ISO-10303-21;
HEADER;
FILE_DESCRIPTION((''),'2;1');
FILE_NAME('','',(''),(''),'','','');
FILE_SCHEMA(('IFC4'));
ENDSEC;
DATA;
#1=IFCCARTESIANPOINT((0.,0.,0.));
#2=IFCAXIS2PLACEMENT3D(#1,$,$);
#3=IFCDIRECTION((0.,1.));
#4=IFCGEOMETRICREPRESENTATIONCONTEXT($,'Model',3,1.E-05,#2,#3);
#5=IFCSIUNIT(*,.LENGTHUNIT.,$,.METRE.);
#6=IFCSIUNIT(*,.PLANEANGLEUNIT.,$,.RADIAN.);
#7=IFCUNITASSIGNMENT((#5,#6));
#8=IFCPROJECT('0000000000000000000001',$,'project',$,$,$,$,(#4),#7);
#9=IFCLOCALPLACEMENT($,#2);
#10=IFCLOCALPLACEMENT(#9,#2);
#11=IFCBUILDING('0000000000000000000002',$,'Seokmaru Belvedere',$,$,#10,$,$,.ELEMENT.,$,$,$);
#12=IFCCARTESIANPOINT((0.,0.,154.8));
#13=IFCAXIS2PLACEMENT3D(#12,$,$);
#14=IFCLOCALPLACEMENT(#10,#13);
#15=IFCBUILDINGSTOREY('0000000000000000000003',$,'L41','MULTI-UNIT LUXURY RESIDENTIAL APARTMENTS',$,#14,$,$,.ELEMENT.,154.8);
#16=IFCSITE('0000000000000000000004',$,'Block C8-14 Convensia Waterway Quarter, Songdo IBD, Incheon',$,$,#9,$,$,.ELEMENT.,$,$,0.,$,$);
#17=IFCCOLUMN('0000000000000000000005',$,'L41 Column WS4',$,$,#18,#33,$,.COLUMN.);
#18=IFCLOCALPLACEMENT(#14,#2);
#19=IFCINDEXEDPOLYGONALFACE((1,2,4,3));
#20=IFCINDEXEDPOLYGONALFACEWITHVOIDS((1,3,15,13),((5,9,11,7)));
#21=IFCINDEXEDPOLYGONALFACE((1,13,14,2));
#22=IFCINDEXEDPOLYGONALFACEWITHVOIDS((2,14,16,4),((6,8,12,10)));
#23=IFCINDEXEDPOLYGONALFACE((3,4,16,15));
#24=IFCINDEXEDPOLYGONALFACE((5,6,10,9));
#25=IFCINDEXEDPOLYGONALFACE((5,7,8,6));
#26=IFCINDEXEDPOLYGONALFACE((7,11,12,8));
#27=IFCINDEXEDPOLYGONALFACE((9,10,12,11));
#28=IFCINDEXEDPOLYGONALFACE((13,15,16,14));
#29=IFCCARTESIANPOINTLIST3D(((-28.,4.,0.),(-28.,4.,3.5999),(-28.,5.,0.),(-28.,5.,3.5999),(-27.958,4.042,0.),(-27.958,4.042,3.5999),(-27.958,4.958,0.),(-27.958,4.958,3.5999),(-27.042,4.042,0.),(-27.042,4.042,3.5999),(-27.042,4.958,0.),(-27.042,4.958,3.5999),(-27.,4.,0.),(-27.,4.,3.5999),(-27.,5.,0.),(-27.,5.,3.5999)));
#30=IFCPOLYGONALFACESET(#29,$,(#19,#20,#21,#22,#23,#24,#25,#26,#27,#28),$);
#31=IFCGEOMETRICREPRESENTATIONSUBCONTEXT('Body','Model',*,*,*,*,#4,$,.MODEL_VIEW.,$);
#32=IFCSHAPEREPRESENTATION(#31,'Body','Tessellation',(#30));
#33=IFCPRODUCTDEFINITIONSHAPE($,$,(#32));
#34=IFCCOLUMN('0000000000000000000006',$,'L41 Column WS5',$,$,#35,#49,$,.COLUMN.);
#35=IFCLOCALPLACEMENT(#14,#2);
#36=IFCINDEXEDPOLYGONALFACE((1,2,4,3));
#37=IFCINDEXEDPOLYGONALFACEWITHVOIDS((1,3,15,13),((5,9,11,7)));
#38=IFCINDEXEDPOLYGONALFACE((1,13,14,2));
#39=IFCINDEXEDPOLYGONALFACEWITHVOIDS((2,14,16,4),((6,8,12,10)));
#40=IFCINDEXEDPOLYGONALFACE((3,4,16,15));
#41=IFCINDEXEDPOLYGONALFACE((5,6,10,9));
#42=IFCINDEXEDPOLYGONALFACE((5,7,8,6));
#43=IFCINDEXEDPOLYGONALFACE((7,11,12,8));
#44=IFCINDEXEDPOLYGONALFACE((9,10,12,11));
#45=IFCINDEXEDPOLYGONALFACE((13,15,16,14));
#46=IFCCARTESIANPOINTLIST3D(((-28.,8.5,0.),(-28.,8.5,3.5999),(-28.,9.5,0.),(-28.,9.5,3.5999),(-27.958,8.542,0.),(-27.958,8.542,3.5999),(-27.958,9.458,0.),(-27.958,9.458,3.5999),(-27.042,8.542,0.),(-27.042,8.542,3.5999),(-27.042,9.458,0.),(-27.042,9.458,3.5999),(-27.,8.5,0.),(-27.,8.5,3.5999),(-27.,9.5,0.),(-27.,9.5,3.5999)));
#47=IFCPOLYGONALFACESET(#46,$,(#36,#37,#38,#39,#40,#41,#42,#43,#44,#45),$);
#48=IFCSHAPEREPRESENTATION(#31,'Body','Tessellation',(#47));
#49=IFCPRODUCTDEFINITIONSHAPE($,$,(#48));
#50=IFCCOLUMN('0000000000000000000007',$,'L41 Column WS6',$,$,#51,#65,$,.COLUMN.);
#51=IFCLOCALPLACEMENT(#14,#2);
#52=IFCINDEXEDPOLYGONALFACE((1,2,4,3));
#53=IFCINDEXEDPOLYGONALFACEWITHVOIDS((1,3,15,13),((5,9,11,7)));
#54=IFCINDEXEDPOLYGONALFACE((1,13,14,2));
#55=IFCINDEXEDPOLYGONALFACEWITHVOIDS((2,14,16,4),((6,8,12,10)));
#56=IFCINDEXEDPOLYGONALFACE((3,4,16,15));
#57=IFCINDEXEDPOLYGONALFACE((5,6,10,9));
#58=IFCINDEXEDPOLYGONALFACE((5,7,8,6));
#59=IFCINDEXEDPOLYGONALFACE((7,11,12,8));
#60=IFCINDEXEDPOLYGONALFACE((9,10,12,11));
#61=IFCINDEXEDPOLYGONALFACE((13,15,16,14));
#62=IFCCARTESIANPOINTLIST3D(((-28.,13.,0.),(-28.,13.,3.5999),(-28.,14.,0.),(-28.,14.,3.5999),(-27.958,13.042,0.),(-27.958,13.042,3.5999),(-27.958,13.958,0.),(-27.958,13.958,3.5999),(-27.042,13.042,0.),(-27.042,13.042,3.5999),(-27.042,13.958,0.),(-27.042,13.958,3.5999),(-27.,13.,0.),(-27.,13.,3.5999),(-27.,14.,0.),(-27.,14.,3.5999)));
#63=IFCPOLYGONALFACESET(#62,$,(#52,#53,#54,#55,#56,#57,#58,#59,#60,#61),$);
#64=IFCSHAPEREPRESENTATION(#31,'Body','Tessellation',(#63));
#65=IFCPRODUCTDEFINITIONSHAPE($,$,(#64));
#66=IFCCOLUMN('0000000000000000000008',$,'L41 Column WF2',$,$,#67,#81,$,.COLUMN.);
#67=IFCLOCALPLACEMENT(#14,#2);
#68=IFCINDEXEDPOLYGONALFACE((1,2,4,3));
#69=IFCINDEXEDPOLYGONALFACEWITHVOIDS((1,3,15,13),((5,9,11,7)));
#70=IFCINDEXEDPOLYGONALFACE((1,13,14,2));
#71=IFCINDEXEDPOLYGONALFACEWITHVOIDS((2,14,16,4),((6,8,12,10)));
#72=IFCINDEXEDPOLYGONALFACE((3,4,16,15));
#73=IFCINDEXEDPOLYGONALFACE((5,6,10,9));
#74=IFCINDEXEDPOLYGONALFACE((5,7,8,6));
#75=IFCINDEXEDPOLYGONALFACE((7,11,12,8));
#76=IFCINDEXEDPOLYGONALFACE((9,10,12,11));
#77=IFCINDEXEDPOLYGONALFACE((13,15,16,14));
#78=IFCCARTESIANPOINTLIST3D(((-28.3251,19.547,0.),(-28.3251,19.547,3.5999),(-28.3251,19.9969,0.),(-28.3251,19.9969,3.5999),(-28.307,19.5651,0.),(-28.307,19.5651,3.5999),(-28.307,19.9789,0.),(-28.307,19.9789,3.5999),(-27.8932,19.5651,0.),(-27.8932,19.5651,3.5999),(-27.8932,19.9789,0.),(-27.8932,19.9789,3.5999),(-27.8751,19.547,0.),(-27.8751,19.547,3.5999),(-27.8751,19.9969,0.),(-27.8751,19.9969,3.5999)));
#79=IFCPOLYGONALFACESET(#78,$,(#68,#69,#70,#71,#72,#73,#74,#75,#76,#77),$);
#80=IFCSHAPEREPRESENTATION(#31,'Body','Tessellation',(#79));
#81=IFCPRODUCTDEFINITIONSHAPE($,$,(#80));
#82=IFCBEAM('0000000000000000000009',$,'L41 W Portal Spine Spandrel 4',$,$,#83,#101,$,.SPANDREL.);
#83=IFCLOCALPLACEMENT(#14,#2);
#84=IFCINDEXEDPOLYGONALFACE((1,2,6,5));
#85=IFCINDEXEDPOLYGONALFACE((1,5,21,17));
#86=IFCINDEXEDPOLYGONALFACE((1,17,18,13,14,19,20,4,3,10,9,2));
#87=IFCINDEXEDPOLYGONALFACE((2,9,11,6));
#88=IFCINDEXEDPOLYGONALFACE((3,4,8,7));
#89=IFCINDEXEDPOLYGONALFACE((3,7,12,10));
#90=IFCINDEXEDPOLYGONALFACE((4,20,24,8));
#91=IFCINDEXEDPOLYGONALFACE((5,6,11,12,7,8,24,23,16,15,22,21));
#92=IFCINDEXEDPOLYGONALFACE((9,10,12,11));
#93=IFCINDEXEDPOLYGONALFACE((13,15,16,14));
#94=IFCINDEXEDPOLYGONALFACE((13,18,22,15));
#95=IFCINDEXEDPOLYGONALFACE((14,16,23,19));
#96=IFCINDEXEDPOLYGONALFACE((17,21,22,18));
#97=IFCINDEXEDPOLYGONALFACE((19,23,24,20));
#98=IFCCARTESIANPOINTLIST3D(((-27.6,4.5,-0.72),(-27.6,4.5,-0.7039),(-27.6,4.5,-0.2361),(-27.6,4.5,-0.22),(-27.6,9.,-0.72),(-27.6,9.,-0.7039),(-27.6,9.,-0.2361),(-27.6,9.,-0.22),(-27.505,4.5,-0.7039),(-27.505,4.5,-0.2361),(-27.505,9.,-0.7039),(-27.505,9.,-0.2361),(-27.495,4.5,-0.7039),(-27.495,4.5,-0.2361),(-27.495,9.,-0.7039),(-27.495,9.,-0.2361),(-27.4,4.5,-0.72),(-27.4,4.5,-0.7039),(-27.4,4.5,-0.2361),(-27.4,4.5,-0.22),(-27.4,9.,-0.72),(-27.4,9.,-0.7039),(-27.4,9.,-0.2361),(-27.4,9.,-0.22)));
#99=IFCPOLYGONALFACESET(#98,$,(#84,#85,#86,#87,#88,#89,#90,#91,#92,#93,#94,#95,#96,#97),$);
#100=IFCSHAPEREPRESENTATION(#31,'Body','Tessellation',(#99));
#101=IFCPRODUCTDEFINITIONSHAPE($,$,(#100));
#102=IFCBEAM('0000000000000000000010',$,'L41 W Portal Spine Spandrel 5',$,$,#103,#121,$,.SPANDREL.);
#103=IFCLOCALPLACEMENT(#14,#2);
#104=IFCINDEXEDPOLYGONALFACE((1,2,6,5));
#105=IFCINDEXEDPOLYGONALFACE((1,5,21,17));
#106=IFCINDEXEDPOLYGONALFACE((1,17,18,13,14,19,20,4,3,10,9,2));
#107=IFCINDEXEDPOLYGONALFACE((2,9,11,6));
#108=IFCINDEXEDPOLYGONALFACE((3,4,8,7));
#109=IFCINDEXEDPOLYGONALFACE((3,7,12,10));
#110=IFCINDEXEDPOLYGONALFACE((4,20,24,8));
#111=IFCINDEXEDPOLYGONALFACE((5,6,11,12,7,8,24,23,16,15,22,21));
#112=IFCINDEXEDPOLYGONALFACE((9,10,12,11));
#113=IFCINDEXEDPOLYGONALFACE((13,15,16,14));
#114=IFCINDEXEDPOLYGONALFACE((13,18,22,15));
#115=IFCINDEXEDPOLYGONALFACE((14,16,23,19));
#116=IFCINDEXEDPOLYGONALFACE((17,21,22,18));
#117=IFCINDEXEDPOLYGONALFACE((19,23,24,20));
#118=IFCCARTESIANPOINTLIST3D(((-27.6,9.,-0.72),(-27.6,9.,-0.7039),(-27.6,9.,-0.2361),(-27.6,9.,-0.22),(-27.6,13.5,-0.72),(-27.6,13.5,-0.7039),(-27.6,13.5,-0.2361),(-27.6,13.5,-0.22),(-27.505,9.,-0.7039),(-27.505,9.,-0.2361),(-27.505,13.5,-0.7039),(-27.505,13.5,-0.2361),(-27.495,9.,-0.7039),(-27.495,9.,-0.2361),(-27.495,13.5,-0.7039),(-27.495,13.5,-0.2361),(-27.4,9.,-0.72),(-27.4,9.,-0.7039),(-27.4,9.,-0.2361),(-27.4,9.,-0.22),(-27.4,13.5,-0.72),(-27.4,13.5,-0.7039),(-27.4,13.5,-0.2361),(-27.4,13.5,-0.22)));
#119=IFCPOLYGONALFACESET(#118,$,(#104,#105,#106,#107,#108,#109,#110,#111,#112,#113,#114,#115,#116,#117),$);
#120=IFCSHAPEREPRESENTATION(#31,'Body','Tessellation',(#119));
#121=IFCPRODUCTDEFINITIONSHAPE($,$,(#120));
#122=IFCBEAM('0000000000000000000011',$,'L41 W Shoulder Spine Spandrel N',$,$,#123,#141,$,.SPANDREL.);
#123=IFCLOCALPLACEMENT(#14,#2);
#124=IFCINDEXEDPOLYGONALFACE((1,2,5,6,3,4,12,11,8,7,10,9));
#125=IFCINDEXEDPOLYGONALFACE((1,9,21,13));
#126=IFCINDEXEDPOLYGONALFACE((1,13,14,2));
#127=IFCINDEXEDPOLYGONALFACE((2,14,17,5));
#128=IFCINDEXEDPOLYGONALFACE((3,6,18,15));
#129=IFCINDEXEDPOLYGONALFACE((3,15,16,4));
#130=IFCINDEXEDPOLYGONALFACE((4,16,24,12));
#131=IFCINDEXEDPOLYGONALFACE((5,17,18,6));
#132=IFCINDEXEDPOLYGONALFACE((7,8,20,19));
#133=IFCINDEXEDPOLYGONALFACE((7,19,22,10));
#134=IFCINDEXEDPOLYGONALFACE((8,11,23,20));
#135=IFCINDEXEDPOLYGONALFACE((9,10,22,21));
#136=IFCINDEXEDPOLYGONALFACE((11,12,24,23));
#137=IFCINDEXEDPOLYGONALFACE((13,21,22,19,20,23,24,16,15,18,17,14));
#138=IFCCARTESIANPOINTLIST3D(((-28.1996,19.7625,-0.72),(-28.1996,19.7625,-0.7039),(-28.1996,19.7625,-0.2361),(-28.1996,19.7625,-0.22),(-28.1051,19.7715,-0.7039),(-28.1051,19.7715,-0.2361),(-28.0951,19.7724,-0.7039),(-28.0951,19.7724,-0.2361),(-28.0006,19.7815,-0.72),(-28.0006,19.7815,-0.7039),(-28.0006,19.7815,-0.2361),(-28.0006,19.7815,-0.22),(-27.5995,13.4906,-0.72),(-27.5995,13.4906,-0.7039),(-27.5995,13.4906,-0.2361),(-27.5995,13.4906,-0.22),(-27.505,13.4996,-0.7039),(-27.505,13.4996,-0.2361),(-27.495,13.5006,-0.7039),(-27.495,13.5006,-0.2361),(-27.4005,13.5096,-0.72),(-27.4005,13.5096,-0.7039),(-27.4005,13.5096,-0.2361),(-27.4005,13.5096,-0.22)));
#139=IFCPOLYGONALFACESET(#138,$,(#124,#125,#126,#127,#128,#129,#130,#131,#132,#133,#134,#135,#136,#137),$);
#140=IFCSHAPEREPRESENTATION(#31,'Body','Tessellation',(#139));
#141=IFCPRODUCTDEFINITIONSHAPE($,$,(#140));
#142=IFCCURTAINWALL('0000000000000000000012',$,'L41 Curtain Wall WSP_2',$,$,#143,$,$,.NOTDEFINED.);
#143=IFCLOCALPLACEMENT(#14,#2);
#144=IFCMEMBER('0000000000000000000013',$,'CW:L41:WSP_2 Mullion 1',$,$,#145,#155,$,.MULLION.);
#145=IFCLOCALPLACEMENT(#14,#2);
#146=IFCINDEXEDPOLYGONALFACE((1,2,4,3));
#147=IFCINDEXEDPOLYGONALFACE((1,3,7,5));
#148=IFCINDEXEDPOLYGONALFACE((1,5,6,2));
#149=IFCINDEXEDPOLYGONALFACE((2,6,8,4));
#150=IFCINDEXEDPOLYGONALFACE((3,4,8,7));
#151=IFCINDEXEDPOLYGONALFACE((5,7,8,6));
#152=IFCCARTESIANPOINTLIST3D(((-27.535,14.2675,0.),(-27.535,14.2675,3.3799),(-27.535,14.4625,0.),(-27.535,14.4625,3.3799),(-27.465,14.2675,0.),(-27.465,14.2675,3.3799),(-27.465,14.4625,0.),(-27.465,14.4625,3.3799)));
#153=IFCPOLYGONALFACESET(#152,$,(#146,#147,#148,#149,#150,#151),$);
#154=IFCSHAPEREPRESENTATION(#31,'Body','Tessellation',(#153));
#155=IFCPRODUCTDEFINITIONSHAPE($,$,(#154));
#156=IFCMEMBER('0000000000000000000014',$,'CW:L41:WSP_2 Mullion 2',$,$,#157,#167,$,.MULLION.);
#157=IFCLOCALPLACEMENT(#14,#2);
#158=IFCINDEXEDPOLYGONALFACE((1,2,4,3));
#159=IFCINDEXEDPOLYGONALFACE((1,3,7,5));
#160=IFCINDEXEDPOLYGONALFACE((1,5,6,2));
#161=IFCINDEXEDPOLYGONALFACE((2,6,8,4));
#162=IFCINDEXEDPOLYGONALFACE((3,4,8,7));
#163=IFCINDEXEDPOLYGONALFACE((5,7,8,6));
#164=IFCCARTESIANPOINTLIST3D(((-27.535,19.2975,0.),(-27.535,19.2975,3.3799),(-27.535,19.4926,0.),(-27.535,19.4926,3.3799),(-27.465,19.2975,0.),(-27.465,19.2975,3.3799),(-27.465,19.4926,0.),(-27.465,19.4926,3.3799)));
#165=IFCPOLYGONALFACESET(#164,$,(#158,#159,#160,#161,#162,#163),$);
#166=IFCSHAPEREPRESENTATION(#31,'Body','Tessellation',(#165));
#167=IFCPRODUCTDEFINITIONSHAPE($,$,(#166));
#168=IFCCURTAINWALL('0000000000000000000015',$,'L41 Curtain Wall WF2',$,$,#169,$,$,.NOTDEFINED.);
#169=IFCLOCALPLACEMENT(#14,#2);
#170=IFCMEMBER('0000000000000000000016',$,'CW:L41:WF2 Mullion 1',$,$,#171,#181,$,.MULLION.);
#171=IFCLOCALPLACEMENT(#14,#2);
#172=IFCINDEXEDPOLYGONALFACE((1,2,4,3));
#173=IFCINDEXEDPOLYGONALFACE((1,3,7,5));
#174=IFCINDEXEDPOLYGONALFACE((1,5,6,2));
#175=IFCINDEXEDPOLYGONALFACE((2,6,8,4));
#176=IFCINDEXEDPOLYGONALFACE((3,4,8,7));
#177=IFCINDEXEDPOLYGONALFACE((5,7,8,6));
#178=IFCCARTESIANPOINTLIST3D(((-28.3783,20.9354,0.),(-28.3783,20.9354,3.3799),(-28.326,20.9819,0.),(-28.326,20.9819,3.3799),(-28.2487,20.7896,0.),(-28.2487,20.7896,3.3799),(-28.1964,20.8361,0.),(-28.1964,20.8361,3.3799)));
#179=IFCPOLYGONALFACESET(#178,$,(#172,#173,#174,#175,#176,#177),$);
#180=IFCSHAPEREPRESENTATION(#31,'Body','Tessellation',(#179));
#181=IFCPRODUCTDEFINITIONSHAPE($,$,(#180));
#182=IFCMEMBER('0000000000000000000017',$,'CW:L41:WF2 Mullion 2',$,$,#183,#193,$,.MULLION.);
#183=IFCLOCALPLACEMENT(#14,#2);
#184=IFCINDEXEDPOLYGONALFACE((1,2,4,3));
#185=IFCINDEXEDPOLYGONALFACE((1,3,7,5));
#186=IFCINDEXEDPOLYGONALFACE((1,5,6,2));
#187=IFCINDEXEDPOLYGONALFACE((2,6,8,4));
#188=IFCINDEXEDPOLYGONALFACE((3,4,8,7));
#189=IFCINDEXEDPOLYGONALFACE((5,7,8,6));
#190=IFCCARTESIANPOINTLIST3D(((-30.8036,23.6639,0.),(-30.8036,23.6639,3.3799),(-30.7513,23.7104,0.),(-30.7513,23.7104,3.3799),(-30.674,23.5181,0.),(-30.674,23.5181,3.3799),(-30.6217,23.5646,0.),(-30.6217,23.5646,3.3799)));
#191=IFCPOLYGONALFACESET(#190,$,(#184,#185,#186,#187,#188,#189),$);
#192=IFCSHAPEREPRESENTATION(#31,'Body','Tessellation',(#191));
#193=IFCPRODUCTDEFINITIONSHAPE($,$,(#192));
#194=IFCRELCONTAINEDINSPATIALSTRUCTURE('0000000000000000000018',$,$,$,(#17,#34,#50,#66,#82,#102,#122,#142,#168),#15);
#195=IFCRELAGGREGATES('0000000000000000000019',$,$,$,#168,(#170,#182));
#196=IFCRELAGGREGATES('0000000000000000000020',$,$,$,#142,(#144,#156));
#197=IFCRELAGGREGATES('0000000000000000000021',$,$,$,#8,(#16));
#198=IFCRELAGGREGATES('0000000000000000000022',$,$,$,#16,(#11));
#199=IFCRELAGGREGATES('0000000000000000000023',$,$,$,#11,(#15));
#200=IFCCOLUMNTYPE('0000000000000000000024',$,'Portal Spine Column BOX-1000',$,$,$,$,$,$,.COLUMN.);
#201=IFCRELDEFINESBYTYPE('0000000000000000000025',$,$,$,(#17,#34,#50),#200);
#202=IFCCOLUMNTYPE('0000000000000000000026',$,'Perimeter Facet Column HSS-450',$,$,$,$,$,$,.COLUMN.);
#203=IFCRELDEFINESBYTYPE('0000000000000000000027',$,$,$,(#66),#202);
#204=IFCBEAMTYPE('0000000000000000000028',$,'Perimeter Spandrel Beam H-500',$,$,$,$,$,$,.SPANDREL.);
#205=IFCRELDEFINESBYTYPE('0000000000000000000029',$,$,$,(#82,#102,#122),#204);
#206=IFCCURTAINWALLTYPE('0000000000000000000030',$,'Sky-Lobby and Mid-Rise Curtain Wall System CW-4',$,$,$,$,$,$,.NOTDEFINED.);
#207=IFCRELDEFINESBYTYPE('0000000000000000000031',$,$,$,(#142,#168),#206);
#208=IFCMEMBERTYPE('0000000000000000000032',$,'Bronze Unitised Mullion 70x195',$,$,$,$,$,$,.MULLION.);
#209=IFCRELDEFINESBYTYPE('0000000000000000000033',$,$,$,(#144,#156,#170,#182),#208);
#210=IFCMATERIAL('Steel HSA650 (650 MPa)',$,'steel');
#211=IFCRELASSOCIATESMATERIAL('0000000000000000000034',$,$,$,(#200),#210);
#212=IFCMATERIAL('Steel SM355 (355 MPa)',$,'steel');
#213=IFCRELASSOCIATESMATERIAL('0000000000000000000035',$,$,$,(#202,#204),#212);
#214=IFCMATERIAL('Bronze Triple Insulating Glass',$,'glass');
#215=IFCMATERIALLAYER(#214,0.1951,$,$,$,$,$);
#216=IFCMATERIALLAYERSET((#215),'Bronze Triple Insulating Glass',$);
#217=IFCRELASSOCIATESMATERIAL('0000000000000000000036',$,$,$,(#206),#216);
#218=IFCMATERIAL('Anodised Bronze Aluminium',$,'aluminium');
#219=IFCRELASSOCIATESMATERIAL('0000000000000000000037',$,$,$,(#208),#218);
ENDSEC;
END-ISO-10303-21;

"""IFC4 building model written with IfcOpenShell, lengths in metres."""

from ifc_helpers import new_model, si_unit, direction, frame, origin, origin_2d, place, context, subcontext, project, spatial, rectangle, hollow_rectangle, i_section, extrude, source, transform, mapped, material, layer, layer_set, material_profile, profile_set, type_object, type_shapes, element, aggregate, save


model = new_model("IFC4")

# Units and contexts
model_context = context("Model", 3, precision=1e-05, world=origin(), true_north=direction((0.0, 1.0)))
body_context = subcontext(model_context, "Body", "Model", "MODEL_VIEW")
ifc_project = project(units=[si_unit("LENGTHUNIT", "METRE"), si_unit("PLANEANGLEUNIT", "RADIAN")], contexts=[model_context])

# Site, building, storey
site_placement = place(None, origin())
site = spatial("IfcSite", under=ifc_project, at=site_placement, Name="Block C8-14 Convensia Waterway Quarter, Songdo IBD, Incheon", CompositionType="ELEMENT", RefElevation=0.0)
building_placement = place(site_placement, origin())
building = spatial("IfcBuilding", under=site, at=building_placement, Name="Seokmaru Belvedere", CompositionType="ELEMENT")
storey_placement = place(building_placement, frame((0.0, 0.0, 154.8)))
storey = spatial("IfcBuildingStorey", under=building, at=storey_placement, Name="L41", Description="MULTI-UNIT LUXURY RESIDENTIAL APARTMENTS", CompositionType="ELEMENT", Elevation=154.8)

# Columns
ifc_material_1 = material(Name="Steel HSA650 (650 MPa)", Category="steel")
ifc_material_profile_1 = material_profile(ifc_material_1, hollow_rectangle(XDim=1.0, YDim=1.0, WallThickness=0.042, at=origin_2d()), Name="BOX-1000x1000x42")
ifc_profile_set_1 = profile_set([ifc_material_profile_1], Name="Steel HSA650 (650 MPa)")
column_type_1 = type_object("IfcColumnType", Name="Portal Spine Column BOX-1000", PredefinedType="COLUMN", material=ifc_profile_set_1)
shared_shape_1 = source(origin(), body_context, "Body", "SweptSolid", [
    extrude(hollow_rectangle(XDim=1.0, YDim=1.0, WallThickness=0.042, at=origin_2d()), origin(), (0.0, 0.0, 1.0), 3.5999),
])
type_shapes(column_type_1, [shared_shape_1])
for number, where, z_axis, x_axis, name in (
    (1, (-27.5, 4.5, 0.0), (0.0, 0.0, 1.0), (1.0, 0.0, 0.0), "L41 Column WS4"),
    (2, (-27.5, 9.0, 0.0), (0.0, 0.0, 1.0), (1.0, 0.0, 0.0), "L41 Column WS5"),
    (3, (-27.5, 13.5, 0.0), (0.0, 0.0, 1.0), (1.0, 0.0, 0.0), "L41 Column WS6"),
):
    element("IfcColumn", number, at=place(storey_placement, frame(where, z_axis=z_axis, x_axis=x_axis)), inside=storey, type_object=column_type_1, Name=name, PredefinedType="COLUMN", context=body_context, shape_type="MappedRepresentation", body=[
        mapped(shared_shape_1, transform((0.0, 0.0, 0.0), scale=1.0)),
    ])
ifc_material_2 = material(Name="Steel SM355 (355 MPa)", Category="steel")
ifc_material_profile_2 = material_profile(ifc_material_2, hollow_rectangle(XDim=0.45, YDim=0.45, WallThickness=0.0181, at=origin_2d()), Name="HSS-450x450x18")
ifc_profile_set_2 = profile_set([ifc_material_profile_2], Name="Steel SM355 (355 MPa)")
column_type_2 = type_object("IfcColumnType", Name="Perimeter Facet Column HSS-450", PredefinedType="COLUMN", material=ifc_profile_set_2)
shared_shape_2 = source(origin(), body_context, "Body", "SweptSolid", [
    extrude(hollow_rectangle(XDim=0.45, YDim=0.45, WallThickness=0.0181, at=origin_2d()), origin(), (0.0, 0.0, 1.0), 3.5999),
])
type_shapes(column_type_2, [shared_shape_2])
column_placement = place(storey_placement, frame((-28.1001, 19.772, 0.0), z_axis=(0.0, 0.0, 1.0), x_axis=(1.0, 0.0, 0.0)))
element("IfcColumn", 4, at=column_placement, inside=storey, type_object=column_type_2, Name="L41 Column WF2", PredefinedType="COLUMN", context=body_context, shape_type="MappedRepresentation", body=[
    mapped(shared_shape_2, transform((0.0, 0.0, 0.0), scale=1.0)),
])

# Beams
ifc_material_profile_3 = material_profile(ifc_material_2, i_section(OverallWidth=0.2, OverallDepth=0.5, WebThickness=0.01, FlangeThickness=0.0161, at=origin_2d()), Name="H-500x200x10x16")
ifc_profile_set_3 = profile_set([ifc_material_profile_3], Name="Steel SM355 (355 MPa)")
beam_type = type_object("IfcBeamType", Name="Perimeter Spandrel Beam H-500", PredefinedType="SPANDREL", material=ifc_profile_set_3)
shared_shape_3 = source(origin(), body_context, "Body", "SweptSolid", [
    extrude(i_section(OverallWidth=0.2, OverallDepth=0.5, WebThickness=0.01, FlangeThickness=0.0161, at=origin_2d()), origin(), (0.0, 0.0, 1.0), 4.5),
])
for number, where, z_axis, x_axis, name in (
    (5, (-27.5, 4.5, -0.47), (0.0, 1.0, 0.0), (-1.0, 0.0, 0.0), "L41 W Portal Spine Spandrel 4"),
    (6, (-27.5, 9.0, -0.47), (0.0, 1.0, 0.0), (-1.0, 0.0, 0.0), "L41 W Portal Spine Spandrel 5"),
):
    element("IfcBeam", number, at=place(storey_placement, frame(where, z_axis=z_axis, x_axis=x_axis)), inside=storey, type_object=beam_type, Name=name, PredefinedType="SPANDREL", context=body_context, shape_type="MappedRepresentation", body=[
        mapped(shared_shape_3, transform((0.0, 0.0, 0.0), scale=1.0)),
    ])
shared_shape_4 = source(origin(), body_context, "Body", "SweptSolid", [
    extrude(i_section(OverallWidth=0.2, OverallDepth=0.5, WebThickness=0.01, FlangeThickness=0.0161, at=origin_2d()), origin(), (0.0, 0.0, 1.0), 6.3005),
])
type_shapes(beam_type, [shared_shape_3, shared_shape_4])
beam_placement = place(storey_placement, frame((-28.1001, 19.772, -0.47), z_axis=(0.095244, -0.995454, 0.0), x_axis=(0.995454, 0.095244, 0.0)))
element("IfcBeam", 7, at=beam_placement, inside=storey, type_object=beam_type, Name="L41 W Shoulder Spine Spandrel N", PredefinedType="SPANDREL", context=body_context, shape_type="MappedRepresentation", body=[
    mapped(shared_shape_4, transform((0.0, 0.0, 0.0), scale=1.0)),
])

# Curtain walls, members
ifc_material_3 = material(Name="Bronze Triple Insulating Glass", Category="glass")
ifc_layer_1 = layer(ifc_material_3, 0.1951)
ifc_layer_set_1 = layer_set([ifc_layer_1], Name="Bronze Triple Insulating Glass")
curtain_wall_type = type_object("IfcCurtainWallType", Name="Sky-Lobby and Mid-Rise Curtain Wall System CW-4", PredefinedType="NOTDEFINED", material=ifc_layer_set_1)
curtain_wall_1_placement = place(storey_placement, origin())
curtain_wall_1 = element("IfcCurtainWall", 8, at=curtain_wall_1_placement, inside=storey, type_object=curtain_wall_type, Name="L41 Curtain Wall WSP_2", PredefinedType="NOTDEFINED")
ifc_material_4 = material(Name="Anodised Bronze Aluminium", Category="aluminium")
ifc_material_profile_4 = material_profile(ifc_material_4, rectangle(XDim=0.0701, YDim=0.1951, at=origin_2d()), Name="CW-M-70x195")
ifc_profile_set_4 = profile_set([ifc_material_profile_4], Name="Anodised Bronze Aluminium")
member_type_1 = type_object("IfcMemberType", Name="Bronze Unitised Mullion 70x195", PredefinedType="MULLION", material=ifc_profile_set_4)
shared_shape_5 = source(origin(), body_context, "Body", "SweptSolid", [
    extrude(rectangle(XDim=0.0701, YDim=0.1951, at=origin_2d()), origin(), (0.0, 0.0, 1.0), 3.3799),
])
type_shapes(member_type_1, [shared_shape_5])
member_1_placement = place(storey_placement, frame((-27.5, 14.365, 0.0), z_axis=(0.0, 0.0, 1.0), x_axis=(-1.0, 0.0, 0.0)))
member_1 = element("IfcMember", 9, at=member_1_placement, type_object=member_type_1, Name="CW:L41:WSP_2 Mullion 1", PredefinedType="MULLION", context=body_context, shape_type="MappedRepresentation", body=[
    mapped(shared_shape_5, transform((0.0, 0.0, 0.0), scale=1.0)),
])
member_2_placement = place(storey_placement, frame((-27.5, 19.395, 0.0), z_axis=(0.0, 0.0, 1.0), x_axis=(-1.0, 0.0, 0.0)))
member_2 = element("IfcMember", 10, at=member_2_placement, type_object=member_type_1, Name="CW:L41:WSP_2 Mullion 2", PredefinedType="MULLION", context=body_context, shape_type="MappedRepresentation", body=[
    mapped(shared_shape_5, transform((0.0, 0.0, 0.0), scale=1.0)),
])
curtain_wall_2_placement = place(storey_placement, origin())
curtain_wall_2 = element("IfcCurtainWall", 11, at=curtain_wall_2_placement, inside=storey, type_object=curtain_wall_type, Name="L41 Curtain Wall WF2", PredefinedType="NOTDEFINED")
member_3_placement = place(storey_placement, frame((-28.2874, 20.8857, 0.0), z_axis=(0.0, 0.0, 1.0), x_axis=(-0.74741, -0.664363, 0.0)))
member_3 = element("IfcMember", 12, at=member_3_placement, type_object=member_type_1, Name="CW:L41:WF2 Mullion 1", PredefinedType="MULLION", context=body_context, shape_type="MappedRepresentation", body=[
    mapped(shared_shape_5, transform((0.0, 0.0, 0.0), scale=1.0)),
])
member_4_placement = place(storey_placement, frame((-30.7126, 23.6143, 0.0), z_axis=(0.0, 0.0, 1.0), x_axis=(-0.74741, -0.664363, 0.0)))
member_4 = element("IfcMember", 13, at=member_4_placement, type_object=member_type_1, Name="CW:L41:WF2 Mullion 2", PredefinedType="MULLION", context=body_context, shape_type="MappedRepresentation", body=[
    mapped(shared_shape_5, transform((0.0, 0.0, 0.0), scale=1.0)),
])

aggregate(curtain_wall_2, [member_3, member_4])
aggregate(curtain_wall_1, [member_1, member_2])

save(model, "model.ifc")
